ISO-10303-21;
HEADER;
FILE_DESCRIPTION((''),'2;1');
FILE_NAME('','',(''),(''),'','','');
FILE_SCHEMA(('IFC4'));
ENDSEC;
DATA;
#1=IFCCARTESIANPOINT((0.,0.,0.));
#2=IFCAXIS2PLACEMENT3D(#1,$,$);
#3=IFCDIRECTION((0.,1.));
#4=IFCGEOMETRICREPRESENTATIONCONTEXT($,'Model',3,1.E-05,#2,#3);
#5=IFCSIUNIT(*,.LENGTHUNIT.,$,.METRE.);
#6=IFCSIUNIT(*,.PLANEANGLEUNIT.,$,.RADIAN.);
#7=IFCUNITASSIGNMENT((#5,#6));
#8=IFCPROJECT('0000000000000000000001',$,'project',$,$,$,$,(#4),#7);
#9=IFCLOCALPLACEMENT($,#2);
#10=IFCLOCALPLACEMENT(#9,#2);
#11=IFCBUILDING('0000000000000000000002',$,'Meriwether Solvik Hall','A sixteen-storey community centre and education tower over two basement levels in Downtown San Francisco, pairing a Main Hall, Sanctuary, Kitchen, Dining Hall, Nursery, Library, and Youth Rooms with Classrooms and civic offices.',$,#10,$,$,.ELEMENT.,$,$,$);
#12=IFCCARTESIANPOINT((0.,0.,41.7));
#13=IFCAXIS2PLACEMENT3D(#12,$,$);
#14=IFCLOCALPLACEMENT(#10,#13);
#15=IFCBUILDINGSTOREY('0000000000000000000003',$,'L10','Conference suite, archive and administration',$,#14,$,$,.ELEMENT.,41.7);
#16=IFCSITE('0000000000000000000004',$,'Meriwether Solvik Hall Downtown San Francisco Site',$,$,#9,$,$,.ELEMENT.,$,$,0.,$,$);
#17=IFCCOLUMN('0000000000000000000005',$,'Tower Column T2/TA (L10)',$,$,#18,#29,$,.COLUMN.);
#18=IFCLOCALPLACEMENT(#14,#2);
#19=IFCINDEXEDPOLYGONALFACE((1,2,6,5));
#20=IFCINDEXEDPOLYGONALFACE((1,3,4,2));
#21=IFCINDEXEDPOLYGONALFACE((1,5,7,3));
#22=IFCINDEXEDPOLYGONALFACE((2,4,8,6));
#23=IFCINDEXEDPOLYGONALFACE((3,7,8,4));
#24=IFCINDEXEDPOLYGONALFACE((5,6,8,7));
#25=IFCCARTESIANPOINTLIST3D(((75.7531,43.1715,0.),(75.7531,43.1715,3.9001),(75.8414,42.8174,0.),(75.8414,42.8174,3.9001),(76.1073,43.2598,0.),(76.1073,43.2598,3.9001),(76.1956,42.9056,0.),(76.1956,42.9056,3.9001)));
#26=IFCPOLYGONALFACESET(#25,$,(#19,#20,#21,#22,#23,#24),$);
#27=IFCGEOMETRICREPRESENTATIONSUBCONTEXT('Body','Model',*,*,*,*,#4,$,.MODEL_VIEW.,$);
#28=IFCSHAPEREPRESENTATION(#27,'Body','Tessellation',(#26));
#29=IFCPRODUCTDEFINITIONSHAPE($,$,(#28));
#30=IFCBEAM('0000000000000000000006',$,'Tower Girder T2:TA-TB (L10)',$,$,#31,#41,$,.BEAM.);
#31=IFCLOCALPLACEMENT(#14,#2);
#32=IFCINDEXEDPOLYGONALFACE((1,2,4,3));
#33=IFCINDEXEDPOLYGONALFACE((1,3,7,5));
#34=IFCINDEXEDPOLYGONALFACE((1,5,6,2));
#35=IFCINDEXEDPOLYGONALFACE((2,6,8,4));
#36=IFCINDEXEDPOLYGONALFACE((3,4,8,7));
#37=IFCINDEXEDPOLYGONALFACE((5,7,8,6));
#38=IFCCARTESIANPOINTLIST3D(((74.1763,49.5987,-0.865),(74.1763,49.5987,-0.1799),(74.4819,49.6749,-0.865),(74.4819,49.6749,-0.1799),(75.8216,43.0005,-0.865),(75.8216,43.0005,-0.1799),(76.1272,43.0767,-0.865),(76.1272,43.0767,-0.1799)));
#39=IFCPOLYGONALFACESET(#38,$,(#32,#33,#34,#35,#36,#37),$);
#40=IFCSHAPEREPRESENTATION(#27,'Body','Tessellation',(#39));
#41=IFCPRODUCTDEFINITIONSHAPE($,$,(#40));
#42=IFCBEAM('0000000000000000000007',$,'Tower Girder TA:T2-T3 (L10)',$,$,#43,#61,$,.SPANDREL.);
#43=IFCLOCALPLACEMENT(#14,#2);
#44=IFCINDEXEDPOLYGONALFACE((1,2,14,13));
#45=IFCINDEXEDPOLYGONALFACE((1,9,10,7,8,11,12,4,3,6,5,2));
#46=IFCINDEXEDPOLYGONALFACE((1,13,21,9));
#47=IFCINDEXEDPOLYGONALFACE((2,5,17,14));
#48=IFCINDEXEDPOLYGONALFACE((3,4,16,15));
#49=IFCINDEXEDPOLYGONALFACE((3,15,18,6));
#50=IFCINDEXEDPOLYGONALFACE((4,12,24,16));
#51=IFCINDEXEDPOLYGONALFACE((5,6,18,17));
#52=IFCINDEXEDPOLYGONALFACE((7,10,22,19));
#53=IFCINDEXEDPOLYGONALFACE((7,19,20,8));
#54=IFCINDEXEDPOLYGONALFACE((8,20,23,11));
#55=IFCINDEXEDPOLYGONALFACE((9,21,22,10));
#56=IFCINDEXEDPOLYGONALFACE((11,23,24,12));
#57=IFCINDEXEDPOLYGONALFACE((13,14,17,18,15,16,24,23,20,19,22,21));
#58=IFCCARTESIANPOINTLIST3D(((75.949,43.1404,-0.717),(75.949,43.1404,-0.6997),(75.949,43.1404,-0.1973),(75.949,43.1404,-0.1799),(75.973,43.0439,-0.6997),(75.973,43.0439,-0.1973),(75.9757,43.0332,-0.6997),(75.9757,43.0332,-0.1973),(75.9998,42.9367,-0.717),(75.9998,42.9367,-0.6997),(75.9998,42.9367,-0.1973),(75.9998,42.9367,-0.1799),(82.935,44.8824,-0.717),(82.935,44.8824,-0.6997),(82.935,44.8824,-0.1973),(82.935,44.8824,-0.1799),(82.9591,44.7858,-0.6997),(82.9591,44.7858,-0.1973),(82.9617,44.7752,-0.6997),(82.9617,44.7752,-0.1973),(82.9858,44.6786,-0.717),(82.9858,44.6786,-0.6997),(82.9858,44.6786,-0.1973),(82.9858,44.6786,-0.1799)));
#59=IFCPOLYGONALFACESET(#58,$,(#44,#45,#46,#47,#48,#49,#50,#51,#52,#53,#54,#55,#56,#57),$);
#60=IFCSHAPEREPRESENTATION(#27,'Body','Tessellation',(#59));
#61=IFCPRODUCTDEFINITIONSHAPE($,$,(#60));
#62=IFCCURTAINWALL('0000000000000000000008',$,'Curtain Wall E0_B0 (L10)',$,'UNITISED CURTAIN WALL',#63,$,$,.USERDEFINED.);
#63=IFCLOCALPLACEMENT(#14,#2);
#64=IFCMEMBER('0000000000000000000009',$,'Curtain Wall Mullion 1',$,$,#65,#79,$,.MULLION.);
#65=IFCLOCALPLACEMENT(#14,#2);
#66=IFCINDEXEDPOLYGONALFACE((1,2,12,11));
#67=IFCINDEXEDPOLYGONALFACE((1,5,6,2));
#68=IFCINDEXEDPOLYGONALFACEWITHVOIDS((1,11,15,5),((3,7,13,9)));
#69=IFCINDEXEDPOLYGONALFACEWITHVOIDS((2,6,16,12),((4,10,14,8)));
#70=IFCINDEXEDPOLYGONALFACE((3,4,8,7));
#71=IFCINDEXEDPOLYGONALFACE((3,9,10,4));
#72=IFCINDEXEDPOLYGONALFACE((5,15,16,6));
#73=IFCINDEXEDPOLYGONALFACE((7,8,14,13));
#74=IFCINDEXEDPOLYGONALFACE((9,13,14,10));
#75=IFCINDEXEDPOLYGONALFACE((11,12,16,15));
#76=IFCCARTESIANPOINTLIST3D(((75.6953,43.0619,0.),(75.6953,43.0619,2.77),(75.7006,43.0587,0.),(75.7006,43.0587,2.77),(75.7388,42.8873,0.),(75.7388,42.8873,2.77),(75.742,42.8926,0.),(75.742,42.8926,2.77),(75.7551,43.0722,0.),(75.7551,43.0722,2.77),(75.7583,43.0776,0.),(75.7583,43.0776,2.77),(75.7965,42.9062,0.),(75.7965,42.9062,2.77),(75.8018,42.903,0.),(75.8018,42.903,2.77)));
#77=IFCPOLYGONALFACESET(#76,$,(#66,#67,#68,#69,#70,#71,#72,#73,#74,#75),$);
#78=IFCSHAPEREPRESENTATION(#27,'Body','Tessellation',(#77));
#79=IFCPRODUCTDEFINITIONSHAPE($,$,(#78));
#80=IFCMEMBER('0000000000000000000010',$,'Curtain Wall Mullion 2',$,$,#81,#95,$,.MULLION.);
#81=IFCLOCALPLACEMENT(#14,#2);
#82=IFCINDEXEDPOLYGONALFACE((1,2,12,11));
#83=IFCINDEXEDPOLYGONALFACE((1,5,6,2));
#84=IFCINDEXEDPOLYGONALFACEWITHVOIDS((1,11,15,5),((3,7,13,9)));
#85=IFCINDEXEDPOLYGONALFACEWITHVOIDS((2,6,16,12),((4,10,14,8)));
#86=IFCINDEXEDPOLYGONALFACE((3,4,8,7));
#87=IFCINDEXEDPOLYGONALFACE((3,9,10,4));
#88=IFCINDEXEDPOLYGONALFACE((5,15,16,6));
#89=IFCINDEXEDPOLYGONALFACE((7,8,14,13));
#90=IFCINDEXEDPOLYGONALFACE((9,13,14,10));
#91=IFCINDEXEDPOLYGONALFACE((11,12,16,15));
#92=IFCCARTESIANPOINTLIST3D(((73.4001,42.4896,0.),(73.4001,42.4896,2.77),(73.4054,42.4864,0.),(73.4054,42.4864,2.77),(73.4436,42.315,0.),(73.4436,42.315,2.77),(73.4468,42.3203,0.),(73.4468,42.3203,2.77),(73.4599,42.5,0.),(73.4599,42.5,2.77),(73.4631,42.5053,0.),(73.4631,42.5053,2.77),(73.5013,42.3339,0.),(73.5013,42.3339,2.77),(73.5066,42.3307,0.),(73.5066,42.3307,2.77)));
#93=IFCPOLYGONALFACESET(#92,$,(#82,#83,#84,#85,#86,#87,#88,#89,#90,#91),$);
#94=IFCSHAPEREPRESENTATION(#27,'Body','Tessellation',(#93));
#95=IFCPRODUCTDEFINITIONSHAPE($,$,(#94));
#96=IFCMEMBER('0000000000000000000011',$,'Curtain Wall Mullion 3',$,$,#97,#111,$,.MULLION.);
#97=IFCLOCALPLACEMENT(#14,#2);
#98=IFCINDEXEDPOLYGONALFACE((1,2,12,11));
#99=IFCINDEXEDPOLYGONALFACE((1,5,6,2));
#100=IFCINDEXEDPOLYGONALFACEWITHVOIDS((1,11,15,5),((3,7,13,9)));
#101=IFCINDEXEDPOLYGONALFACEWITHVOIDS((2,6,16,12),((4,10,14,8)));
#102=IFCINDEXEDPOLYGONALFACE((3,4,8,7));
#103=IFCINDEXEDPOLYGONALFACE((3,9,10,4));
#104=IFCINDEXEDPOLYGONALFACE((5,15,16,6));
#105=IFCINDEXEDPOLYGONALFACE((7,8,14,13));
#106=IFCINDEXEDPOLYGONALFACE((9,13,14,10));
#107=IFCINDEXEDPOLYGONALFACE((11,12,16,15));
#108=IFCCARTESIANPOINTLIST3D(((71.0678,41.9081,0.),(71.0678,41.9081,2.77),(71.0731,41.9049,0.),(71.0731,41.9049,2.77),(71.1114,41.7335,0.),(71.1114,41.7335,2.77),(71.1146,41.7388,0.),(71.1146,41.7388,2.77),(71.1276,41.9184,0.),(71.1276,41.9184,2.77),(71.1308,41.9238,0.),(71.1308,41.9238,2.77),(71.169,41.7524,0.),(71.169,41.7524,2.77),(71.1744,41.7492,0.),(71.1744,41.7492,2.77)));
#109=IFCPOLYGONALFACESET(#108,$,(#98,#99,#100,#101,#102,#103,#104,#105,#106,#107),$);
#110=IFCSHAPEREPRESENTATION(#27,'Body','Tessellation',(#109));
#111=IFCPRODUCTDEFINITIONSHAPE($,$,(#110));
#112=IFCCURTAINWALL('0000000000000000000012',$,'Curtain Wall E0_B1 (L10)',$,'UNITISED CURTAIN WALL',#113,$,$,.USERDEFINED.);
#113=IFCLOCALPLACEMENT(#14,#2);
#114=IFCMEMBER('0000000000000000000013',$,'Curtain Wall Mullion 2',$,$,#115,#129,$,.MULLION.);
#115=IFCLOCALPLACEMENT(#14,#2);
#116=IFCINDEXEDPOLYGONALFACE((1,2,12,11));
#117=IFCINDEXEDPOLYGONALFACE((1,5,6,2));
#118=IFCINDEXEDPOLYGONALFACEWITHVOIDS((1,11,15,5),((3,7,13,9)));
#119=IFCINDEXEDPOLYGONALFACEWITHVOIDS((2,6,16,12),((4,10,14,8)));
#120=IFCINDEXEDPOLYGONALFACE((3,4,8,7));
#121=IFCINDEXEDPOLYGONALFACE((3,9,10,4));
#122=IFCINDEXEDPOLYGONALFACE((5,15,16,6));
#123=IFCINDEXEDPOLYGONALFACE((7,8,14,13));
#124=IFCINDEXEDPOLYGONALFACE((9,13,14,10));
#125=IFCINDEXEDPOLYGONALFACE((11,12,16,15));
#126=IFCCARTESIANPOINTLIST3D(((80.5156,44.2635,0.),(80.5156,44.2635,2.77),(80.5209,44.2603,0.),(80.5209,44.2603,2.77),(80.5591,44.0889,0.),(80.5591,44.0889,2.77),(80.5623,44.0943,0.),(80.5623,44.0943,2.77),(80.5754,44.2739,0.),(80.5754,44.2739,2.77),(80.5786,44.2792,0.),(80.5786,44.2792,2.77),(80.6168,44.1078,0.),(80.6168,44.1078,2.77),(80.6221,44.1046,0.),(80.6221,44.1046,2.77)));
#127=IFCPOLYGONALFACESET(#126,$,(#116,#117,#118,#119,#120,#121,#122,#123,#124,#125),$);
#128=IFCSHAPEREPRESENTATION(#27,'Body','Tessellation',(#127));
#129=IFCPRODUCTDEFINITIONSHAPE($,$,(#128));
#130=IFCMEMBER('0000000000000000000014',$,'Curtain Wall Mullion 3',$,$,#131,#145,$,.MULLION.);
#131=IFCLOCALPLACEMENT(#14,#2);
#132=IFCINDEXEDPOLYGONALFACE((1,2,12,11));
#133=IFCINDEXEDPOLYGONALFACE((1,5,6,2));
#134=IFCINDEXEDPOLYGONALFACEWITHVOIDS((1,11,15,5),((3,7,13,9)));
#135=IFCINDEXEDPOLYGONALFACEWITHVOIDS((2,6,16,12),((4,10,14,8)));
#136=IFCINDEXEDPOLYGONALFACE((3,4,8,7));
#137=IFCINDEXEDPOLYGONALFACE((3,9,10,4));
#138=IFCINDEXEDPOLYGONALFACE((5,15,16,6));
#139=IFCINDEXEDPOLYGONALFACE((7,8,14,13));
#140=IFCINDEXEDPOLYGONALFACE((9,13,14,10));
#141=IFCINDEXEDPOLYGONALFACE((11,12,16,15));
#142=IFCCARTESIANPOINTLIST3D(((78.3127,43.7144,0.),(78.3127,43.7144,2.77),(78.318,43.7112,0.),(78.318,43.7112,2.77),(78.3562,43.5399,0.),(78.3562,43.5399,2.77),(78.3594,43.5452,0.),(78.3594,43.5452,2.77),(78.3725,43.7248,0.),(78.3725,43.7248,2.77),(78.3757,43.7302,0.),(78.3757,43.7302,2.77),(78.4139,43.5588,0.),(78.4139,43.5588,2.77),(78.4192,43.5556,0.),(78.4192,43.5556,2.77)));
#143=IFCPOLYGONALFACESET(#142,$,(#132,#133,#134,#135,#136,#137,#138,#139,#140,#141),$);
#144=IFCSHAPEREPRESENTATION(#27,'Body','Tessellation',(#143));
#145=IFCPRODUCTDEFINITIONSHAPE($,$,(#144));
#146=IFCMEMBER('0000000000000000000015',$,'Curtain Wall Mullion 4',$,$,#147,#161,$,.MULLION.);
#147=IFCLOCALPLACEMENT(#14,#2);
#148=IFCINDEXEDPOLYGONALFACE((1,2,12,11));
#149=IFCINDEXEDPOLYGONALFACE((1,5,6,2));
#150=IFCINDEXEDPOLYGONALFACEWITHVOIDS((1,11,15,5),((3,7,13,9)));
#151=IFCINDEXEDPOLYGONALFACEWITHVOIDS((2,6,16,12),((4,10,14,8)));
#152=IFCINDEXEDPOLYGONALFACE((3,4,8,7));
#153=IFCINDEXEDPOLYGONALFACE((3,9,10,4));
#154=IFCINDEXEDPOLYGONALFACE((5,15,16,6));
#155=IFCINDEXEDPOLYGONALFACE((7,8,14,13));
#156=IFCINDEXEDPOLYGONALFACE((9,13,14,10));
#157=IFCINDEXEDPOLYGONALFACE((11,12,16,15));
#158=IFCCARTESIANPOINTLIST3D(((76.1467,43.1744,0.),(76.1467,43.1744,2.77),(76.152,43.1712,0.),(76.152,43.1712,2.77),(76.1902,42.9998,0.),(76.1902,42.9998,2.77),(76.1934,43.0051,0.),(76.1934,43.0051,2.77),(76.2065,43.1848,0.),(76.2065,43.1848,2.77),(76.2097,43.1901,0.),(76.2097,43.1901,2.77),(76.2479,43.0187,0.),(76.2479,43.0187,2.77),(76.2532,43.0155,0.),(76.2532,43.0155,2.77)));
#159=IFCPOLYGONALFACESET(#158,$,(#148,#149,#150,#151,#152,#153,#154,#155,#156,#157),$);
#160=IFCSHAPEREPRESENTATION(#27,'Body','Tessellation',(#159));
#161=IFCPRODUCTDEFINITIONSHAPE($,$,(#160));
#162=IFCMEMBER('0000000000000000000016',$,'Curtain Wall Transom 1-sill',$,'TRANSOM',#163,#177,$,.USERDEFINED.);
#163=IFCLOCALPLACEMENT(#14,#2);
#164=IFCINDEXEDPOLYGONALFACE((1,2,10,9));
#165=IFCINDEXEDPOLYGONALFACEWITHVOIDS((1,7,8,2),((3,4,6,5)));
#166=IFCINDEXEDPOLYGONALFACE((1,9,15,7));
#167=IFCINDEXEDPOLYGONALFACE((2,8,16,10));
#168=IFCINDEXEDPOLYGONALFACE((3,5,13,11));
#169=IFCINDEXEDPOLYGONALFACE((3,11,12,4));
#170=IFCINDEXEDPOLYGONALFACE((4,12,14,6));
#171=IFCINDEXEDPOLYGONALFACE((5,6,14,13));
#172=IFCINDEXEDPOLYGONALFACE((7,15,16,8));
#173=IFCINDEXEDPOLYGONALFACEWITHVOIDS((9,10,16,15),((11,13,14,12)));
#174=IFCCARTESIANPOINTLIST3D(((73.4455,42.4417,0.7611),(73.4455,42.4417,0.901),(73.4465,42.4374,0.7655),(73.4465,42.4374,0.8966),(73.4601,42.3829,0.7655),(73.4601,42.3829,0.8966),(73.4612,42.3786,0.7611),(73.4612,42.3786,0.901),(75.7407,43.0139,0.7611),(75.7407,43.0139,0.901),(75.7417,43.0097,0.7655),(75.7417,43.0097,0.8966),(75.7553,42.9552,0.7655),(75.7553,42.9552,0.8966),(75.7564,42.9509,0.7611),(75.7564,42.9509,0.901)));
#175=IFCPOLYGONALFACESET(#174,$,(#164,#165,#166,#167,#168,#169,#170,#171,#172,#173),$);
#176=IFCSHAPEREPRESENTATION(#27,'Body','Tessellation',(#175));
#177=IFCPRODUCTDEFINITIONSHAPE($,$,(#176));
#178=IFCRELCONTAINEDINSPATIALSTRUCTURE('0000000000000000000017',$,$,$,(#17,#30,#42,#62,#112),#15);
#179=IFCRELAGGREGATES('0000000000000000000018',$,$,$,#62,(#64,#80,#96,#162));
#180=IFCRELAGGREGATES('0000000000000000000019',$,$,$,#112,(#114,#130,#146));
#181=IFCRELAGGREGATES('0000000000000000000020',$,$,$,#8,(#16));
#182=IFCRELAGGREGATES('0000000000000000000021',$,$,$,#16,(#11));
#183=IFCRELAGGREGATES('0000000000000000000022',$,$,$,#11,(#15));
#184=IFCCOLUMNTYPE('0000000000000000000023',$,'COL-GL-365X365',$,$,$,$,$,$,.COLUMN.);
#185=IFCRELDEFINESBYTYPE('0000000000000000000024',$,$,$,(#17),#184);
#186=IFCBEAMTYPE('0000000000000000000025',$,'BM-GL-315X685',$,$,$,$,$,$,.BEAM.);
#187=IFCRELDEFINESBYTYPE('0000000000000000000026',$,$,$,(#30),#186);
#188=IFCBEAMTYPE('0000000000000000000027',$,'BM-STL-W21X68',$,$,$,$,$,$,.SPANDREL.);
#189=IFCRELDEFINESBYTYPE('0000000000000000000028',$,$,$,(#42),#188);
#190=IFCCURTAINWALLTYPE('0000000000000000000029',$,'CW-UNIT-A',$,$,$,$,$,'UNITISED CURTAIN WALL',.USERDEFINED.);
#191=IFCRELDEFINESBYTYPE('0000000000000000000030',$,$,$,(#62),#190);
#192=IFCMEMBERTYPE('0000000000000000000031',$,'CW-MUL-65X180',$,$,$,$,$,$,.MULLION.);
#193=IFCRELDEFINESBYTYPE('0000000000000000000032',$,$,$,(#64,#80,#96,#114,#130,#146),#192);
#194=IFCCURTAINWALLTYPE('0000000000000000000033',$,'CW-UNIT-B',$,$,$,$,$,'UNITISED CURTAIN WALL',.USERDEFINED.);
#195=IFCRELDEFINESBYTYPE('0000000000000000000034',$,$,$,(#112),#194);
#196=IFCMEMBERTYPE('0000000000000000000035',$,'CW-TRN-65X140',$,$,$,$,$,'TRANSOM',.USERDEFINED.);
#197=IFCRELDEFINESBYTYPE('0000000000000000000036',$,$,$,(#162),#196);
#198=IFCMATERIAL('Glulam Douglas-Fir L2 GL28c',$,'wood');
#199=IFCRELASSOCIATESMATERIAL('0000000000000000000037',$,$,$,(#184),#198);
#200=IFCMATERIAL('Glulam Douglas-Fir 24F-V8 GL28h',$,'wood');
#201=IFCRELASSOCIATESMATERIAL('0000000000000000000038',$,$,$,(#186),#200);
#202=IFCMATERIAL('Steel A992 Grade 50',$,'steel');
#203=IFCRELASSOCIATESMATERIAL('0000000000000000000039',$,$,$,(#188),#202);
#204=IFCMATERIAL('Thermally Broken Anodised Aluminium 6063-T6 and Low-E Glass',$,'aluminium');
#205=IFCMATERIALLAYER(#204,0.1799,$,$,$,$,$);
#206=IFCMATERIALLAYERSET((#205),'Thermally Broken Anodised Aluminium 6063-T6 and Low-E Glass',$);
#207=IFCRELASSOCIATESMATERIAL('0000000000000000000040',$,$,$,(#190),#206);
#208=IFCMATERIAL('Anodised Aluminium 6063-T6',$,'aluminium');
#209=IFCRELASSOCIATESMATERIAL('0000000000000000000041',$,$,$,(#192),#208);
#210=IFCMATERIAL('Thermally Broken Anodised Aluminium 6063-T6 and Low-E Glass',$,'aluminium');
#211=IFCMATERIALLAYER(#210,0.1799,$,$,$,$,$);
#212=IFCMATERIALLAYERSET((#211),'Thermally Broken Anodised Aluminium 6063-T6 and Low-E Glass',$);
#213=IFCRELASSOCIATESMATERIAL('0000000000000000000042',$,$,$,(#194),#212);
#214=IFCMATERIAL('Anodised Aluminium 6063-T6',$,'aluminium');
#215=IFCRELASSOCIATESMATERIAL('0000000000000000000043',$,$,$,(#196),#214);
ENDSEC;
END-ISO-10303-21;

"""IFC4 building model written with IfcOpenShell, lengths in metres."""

from ifc_helpers import new_model, si_unit, direction, frame, origin, origin_2d, place, context, subcontext, project, spatial, rectangle, hollow_rectangle, i_section, extrude, material, layer, layer_set, material_profile, profile_set, type_object, element, aggregate, save


model = new_model("IFC4")

# Units and contexts
model_context = context("Model", 3, precision=1e-05, world=origin(), true_north=direction((0.0, 1.0)))
body_context = subcontext(model_context, "Body", "Model", "MODEL_VIEW")
ifc_project = project(units=[si_unit("LENGTHUNIT", "METRE"), si_unit("PLANEANGLEUNIT", "RADIAN")], contexts=[model_context])

# Site, building, storey
site_placement = place(None, origin())
site = spatial("IfcSite", under=ifc_project, at=site_placement, Name="Meriwether Solvik Hall Downtown San Francisco Site", CompositionType="ELEMENT", RefElevation=0.0)
building_placement = place(site_placement, origin())
building = spatial("IfcBuilding", under=site, at=building_placement, Name="Meriwether Solvik Hall", Description="A sixteen-storey community centre and education tower over two basement levels in Downtown San Francisco, pairing a Main Hall, Sanctuary, Kitchen, Dining Hall, Nursery, Library, and Youth Rooms with Classrooms and civic offices.", CompositionType="ELEMENT")
storey_placement = place(building_placement, frame((0.0, 0.0, 41.7)))
storey = spatial("IfcBuildingStorey", under=building, at=storey_placement, Name="L10", Description="Conference suite, archive and administration", CompositionType="ELEMENT", Elevation=41.7)

# Column
ifc_material_1 = material(Name="Glulam Douglas-Fir L2 GL28c", Category="wood")
ifc_material_profile_1 = material_profile(ifc_material_1, rectangle(XDim=0.365, YDim=0.365, at=origin_2d()), Name="GLC-365X365")
ifc_profile_set_1 = profile_set([ifc_material_profile_1], Name="Glulam Douglas-Fir L2 GL28c")
column_type = type_object("IfcColumnType", Name="COL-GL-365X365", PredefinedType="COLUMN", material=ifc_profile_set_1)
column_placement = place(storey_placement, frame((75.9744, 43.0386, 0.0), z_axis=(0.0, 0.0, 1.0), x_axis=(0.970296, 0.241922, 0.0)))
element("IfcColumn", 1, at=column_placement, inside=storey, type_object=column_type, Name="Tower Column T2/TA (L10)", PredefinedType="COLUMN", context=body_context, shape_type="SweptSolid", body=[
    extrude(rectangle(XDim=0.365, YDim=0.365, at=origin_2d()), origin(), (0.0, 0.0, 1.0), 3.9001),
])

# Beams
ifc_material_2 = material(Name="Glulam Douglas-Fir 24F-V8 GL28h", Category="wood")
ifc_material_profile_2 = material_profile(ifc_material_2, rectangle(XDim=0.3149, YDim=0.6851, at=origin_2d()), Name="GLB-315X685")
ifc_profile_set_2 = profile_set([ifc_material_profile_2], Name="Glulam Douglas-Fir 24F-V8 GL28h")
beam_type_1 = type_object("IfcBeamType", Name="BM-GL-315X685", PredefinedType="BEAM", material=ifc_profile_set_2)
beam_1_placement = place(storey_placement, frame((75.9744, 43.0386, -0.5225), z_axis=(-0.241944, 0.97029, 0.0), x_axis=(-0.97029, -0.241944, 0.0)))
element("IfcBeam", 2, at=beam_1_placement, inside=storey, type_object=beam_type_1, Name="Tower Girder T2:TA-TB (L10)", PredefinedType="BEAM", context=body_context, shape_type="SweptSolid", body=[
    extrude(rectangle(XDim=0.3149, YDim=0.6851, at=origin_2d()), origin(), (0.0, 0.0, 1.0), 6.8003),
])
ifc_material_3 = material(Name="Steel A992 Grade 50", Category="steel")
ifc_material_profile_3 = material_profile(ifc_material_3, i_section(OverallWidth=0.21, OverallDepth=0.5371, WebThickness=0.011, FlangeThickness=0.0173, at=origin_2d()), Name="W21X68")
ifc_profile_set_3 = profile_set([ifc_material_profile_3], Name="Steel A992 Grade 50")
beam_type_2 = type_object("IfcBeamType", Name="BM-STL-W21X68", PredefinedType="SPANDREL", material=ifc_profile_set_3)
beam_2_placement = place(storey_placement, frame((75.9744, 43.0386, -0.4485), z_axis=(0.970292, 0.241937, 0.0), x_axis=(-0.241937, 0.970292, 0.0)))
element("IfcBeam", 3, at=beam_2_placement, inside=storey, type_object=beam_type_2, Name="Tower Girder TA:T2-T3 (L10)", PredefinedType="SPANDREL", context=body_context, shape_type="SweptSolid", body=[
    extrude(i_section(OverallWidth=0.21, OverallDepth=0.5371, WebThickness=0.011, FlangeThickness=0.0173, at=origin_2d()), origin(), (0.0, 0.0, 1.0), 7.2),
])

# Curtain walls, members
ifc_material_4 = material(Name="Thermally Broken Anodised Aluminium 6063-T6 and Low-E Glass", Category="aluminium")
ifc_layer_1 = layer(ifc_material_4, 0.1799)
ifc_layer_set_1 = layer_set([ifc_layer_1], Name="Thermally Broken Anodised Aluminium 6063-T6 and Low-E Glass")
curtain_wall_type_1 = type_object("IfcCurtainWallType", Name="CW-UNIT-A", ElementType="UNITISED CURTAIN WALL", PredefinedType="USERDEFINED", material=ifc_layer_set_1)
curtain_wall_1_placement = place(storey_placement, origin())
curtain_wall_1 = element("IfcCurtainWall", 4, at=curtain_wall_1_placement, inside=storey, type_object=curtain_wall_type_1, Name="Curtain Wall E0_B0 (L10)", ObjectType="UNITISED CURTAIN WALL", PredefinedType="USERDEFINED")
ifc_material_5 = material(Name="Anodised Aluminium 6063-T6", Category="aluminium")
ifc_material_profile_4 = material_profile(ifc_material_5, hollow_rectangle(XDim=0.0649, YDim=0.1799, WallThickness=0.0044, at=origin_2d()), Name="CWM-65X180")
ifc_profile_set_4 = profile_set([ifc_material_profile_4], Name="Anodised Aluminium 6063-T6")
member_type_1 = type_object("IfcMemberType", Name="CW-MUL-65X180", PredefinedType="MULLION", material=ifc_profile_set_4)
member_1_placement = place(storey_placement, frame((75.7485, 42.9824, 0.0), z_axis=(0.0, 0.0, 1.0), x_axis=(-0.970296, -0.241922, 0.0)))
member_1 = element("IfcMember", 5, at=member_1_placement, type_object=member_type_1, Name="Curtain Wall Mullion 1", PredefinedType="MULLION", context=body_context, shape_type="SweptSolid", body=[
    extrude(hollow_rectangle(XDim=0.0649, YDim=0.1799, WallThickness=0.0044, at=origin_2d()), origin(), (0.0, 0.0, 1.0), 2.77),
])
member_2_placement = place(storey_placement, frame((73.4534, 42.4102, 0.0), z_axis=(0.0, 0.0, 1.0), x_axis=(-0.970296, -0.241922, 0.0)))
member_2 = element("IfcMember", 6, at=member_2_placement, type_object=member_type_1, Name="Curtain Wall Mullion 2", PredefinedType="MULLION", context=body_context, shape_type="SweptSolid", body=[
    extrude(hollow_rectangle(XDim=0.0649, YDim=0.1799, WallThickness=0.0044, at=origin_2d()), origin(), (0.0, 0.0, 1.0), 2.77),
])
member_3_placement = place(storey_placement, frame((71.1211, 41.8286, 0.0), z_axis=(0.0, 0.0, 1.0), x_axis=(-0.970296, -0.241922, 0.0)))
member_3 = element("IfcMember", 7, at=member_3_placement, type_object=member_type_1, Name="Curtain Wall Mullion 3", PredefinedType="MULLION", context=body_context, shape_type="SweptSolid", body=[
    extrude(hollow_rectangle(XDim=0.0649, YDim=0.1799, WallThickness=0.0044, at=origin_2d()), origin(), (0.0, 0.0, 1.0), 2.77),
])
ifc_material_6 = material(Name="Thermally Broken Anodised Aluminium 6063-T6 and Low-E Glass", Category="aluminium")
ifc_layer_2 = layer(ifc_material_6, 0.1799)
ifc_layer_set_2 = layer_set([ifc_layer_2], Name="Thermally Broken Anodised Aluminium 6063-T6 and Low-E Glass")
curtain_wall_type_2 = type_object("IfcCurtainWallType", Name="CW-UNIT-B", ElementType="UNITISED CURTAIN WALL", PredefinedType="USERDEFINED", material=ifc_layer_set_2)
curtain_wall_2_placement = place(storey_placement, origin())
curtain_wall_2 = element("IfcCurtainWall", 8, at=curtain_wall_2_placement, inside=storey, type_object=curtain_wall_type_2, Name="Curtain Wall E0_B1 (L10)", ObjectType="UNITISED CURTAIN WALL", PredefinedType="USERDEFINED")
member_4_placement = place(storey_placement, frame((80.5688, 44.1841, 0.0), z_axis=(0.0, 0.0, 1.0), x_axis=(-0.970296, -0.241922, 0.0)))
member_4 = element("IfcMember", 9, at=member_4_placement, type_object=member_type_1, Name="Curtain Wall Mullion 2", PredefinedType="MULLION", context=body_context, shape_type="SweptSolid", body=[
    extrude(hollow_rectangle(XDim=0.0649, YDim=0.1799, WallThickness=0.0044, at=origin_2d()), origin(), (0.0, 0.0, 1.0), 2.77),
])
member_5_placement = place(storey_placement, frame((78.366, 43.635, 0.0), z_axis=(0.0, 0.0, 1.0), x_axis=(-0.970296, -0.241922, 0.0)))
member_5 = element("IfcMember", 10, at=member_5_placement, type_object=member_type_1, Name="Curtain Wall Mullion 3", PredefinedType="MULLION", context=body_context, shape_type="SweptSolid", body=[
    extrude(hollow_rectangle(XDim=0.0649, YDim=0.1799, WallThickness=0.0044, at=origin_2d()), origin(), (0.0, 0.0, 1.0), 2.77),
])
member_6_placement = place(storey_placement, frame((76.2, 43.095, 0.0), z_axis=(0.0, 0.0, 1.0), x_axis=(-0.970296, -0.241922, 0.0)))
member_6 = element("IfcMember", 11, at=member_6_placement, type_object=member_type_1, Name="Curtain Wall Mullion 4", PredefinedType="MULLION", context=body_context, shape_type="SweptSolid", body=[
    extrude(hollow_rectangle(XDim=0.0649, YDim=0.1799, WallThickness=0.0044, at=origin_2d()), origin(), (0.0, 0.0, 1.0), 2.77),
])

# Member
ifc_material_7 = material(Name="Anodised Aluminium 6063-T6", Category="aluminium")
ifc_material_profile_5 = material_profile(ifc_material_7, hollow_rectangle(XDim=0.0649, YDim=0.1399, WallThickness=0.0044, at=origin_2d()), Name="CWT-65X140")
ifc_profile_set_5 = profile_set([ifc_material_profile_5], Name="Anodised Aluminium 6063-T6")
member_type_2 = type_object("IfcMemberType", Name="CW-TRN-65X140", ElementType="TRANSOM", PredefinedType="USERDEFINED", material=ifc_profile_set_5)
member_7_placement = place(storey_placement, frame((75.7485, 42.9824, 0.8311), z_axis=(-0.970294, -0.241928, 0.0), x_axis=(0.241928, -0.970294, 0.0)))
member_7 = element("IfcMember", 12, at=member_7_placement, type_object=member_type_2, Name="Curtain Wall Transom 1-sill", ObjectType="TRANSOM", PredefinedType="USERDEFINED", context=body_context, shape_type="SweptSolid", body=[
    extrude(hollow_rectangle(XDim=0.0649, YDim=0.1399, WallThickness=0.0044, at=origin_2d()), origin(), (0.0, 0.0, 1.0), 2.3655),
])

aggregate(curtain_wall_1, [member_1, member_2, member_3, member_7])
aggregate(curtain_wall_2, [member_4, member_5, member_6])

save(model, "model.ifc")
